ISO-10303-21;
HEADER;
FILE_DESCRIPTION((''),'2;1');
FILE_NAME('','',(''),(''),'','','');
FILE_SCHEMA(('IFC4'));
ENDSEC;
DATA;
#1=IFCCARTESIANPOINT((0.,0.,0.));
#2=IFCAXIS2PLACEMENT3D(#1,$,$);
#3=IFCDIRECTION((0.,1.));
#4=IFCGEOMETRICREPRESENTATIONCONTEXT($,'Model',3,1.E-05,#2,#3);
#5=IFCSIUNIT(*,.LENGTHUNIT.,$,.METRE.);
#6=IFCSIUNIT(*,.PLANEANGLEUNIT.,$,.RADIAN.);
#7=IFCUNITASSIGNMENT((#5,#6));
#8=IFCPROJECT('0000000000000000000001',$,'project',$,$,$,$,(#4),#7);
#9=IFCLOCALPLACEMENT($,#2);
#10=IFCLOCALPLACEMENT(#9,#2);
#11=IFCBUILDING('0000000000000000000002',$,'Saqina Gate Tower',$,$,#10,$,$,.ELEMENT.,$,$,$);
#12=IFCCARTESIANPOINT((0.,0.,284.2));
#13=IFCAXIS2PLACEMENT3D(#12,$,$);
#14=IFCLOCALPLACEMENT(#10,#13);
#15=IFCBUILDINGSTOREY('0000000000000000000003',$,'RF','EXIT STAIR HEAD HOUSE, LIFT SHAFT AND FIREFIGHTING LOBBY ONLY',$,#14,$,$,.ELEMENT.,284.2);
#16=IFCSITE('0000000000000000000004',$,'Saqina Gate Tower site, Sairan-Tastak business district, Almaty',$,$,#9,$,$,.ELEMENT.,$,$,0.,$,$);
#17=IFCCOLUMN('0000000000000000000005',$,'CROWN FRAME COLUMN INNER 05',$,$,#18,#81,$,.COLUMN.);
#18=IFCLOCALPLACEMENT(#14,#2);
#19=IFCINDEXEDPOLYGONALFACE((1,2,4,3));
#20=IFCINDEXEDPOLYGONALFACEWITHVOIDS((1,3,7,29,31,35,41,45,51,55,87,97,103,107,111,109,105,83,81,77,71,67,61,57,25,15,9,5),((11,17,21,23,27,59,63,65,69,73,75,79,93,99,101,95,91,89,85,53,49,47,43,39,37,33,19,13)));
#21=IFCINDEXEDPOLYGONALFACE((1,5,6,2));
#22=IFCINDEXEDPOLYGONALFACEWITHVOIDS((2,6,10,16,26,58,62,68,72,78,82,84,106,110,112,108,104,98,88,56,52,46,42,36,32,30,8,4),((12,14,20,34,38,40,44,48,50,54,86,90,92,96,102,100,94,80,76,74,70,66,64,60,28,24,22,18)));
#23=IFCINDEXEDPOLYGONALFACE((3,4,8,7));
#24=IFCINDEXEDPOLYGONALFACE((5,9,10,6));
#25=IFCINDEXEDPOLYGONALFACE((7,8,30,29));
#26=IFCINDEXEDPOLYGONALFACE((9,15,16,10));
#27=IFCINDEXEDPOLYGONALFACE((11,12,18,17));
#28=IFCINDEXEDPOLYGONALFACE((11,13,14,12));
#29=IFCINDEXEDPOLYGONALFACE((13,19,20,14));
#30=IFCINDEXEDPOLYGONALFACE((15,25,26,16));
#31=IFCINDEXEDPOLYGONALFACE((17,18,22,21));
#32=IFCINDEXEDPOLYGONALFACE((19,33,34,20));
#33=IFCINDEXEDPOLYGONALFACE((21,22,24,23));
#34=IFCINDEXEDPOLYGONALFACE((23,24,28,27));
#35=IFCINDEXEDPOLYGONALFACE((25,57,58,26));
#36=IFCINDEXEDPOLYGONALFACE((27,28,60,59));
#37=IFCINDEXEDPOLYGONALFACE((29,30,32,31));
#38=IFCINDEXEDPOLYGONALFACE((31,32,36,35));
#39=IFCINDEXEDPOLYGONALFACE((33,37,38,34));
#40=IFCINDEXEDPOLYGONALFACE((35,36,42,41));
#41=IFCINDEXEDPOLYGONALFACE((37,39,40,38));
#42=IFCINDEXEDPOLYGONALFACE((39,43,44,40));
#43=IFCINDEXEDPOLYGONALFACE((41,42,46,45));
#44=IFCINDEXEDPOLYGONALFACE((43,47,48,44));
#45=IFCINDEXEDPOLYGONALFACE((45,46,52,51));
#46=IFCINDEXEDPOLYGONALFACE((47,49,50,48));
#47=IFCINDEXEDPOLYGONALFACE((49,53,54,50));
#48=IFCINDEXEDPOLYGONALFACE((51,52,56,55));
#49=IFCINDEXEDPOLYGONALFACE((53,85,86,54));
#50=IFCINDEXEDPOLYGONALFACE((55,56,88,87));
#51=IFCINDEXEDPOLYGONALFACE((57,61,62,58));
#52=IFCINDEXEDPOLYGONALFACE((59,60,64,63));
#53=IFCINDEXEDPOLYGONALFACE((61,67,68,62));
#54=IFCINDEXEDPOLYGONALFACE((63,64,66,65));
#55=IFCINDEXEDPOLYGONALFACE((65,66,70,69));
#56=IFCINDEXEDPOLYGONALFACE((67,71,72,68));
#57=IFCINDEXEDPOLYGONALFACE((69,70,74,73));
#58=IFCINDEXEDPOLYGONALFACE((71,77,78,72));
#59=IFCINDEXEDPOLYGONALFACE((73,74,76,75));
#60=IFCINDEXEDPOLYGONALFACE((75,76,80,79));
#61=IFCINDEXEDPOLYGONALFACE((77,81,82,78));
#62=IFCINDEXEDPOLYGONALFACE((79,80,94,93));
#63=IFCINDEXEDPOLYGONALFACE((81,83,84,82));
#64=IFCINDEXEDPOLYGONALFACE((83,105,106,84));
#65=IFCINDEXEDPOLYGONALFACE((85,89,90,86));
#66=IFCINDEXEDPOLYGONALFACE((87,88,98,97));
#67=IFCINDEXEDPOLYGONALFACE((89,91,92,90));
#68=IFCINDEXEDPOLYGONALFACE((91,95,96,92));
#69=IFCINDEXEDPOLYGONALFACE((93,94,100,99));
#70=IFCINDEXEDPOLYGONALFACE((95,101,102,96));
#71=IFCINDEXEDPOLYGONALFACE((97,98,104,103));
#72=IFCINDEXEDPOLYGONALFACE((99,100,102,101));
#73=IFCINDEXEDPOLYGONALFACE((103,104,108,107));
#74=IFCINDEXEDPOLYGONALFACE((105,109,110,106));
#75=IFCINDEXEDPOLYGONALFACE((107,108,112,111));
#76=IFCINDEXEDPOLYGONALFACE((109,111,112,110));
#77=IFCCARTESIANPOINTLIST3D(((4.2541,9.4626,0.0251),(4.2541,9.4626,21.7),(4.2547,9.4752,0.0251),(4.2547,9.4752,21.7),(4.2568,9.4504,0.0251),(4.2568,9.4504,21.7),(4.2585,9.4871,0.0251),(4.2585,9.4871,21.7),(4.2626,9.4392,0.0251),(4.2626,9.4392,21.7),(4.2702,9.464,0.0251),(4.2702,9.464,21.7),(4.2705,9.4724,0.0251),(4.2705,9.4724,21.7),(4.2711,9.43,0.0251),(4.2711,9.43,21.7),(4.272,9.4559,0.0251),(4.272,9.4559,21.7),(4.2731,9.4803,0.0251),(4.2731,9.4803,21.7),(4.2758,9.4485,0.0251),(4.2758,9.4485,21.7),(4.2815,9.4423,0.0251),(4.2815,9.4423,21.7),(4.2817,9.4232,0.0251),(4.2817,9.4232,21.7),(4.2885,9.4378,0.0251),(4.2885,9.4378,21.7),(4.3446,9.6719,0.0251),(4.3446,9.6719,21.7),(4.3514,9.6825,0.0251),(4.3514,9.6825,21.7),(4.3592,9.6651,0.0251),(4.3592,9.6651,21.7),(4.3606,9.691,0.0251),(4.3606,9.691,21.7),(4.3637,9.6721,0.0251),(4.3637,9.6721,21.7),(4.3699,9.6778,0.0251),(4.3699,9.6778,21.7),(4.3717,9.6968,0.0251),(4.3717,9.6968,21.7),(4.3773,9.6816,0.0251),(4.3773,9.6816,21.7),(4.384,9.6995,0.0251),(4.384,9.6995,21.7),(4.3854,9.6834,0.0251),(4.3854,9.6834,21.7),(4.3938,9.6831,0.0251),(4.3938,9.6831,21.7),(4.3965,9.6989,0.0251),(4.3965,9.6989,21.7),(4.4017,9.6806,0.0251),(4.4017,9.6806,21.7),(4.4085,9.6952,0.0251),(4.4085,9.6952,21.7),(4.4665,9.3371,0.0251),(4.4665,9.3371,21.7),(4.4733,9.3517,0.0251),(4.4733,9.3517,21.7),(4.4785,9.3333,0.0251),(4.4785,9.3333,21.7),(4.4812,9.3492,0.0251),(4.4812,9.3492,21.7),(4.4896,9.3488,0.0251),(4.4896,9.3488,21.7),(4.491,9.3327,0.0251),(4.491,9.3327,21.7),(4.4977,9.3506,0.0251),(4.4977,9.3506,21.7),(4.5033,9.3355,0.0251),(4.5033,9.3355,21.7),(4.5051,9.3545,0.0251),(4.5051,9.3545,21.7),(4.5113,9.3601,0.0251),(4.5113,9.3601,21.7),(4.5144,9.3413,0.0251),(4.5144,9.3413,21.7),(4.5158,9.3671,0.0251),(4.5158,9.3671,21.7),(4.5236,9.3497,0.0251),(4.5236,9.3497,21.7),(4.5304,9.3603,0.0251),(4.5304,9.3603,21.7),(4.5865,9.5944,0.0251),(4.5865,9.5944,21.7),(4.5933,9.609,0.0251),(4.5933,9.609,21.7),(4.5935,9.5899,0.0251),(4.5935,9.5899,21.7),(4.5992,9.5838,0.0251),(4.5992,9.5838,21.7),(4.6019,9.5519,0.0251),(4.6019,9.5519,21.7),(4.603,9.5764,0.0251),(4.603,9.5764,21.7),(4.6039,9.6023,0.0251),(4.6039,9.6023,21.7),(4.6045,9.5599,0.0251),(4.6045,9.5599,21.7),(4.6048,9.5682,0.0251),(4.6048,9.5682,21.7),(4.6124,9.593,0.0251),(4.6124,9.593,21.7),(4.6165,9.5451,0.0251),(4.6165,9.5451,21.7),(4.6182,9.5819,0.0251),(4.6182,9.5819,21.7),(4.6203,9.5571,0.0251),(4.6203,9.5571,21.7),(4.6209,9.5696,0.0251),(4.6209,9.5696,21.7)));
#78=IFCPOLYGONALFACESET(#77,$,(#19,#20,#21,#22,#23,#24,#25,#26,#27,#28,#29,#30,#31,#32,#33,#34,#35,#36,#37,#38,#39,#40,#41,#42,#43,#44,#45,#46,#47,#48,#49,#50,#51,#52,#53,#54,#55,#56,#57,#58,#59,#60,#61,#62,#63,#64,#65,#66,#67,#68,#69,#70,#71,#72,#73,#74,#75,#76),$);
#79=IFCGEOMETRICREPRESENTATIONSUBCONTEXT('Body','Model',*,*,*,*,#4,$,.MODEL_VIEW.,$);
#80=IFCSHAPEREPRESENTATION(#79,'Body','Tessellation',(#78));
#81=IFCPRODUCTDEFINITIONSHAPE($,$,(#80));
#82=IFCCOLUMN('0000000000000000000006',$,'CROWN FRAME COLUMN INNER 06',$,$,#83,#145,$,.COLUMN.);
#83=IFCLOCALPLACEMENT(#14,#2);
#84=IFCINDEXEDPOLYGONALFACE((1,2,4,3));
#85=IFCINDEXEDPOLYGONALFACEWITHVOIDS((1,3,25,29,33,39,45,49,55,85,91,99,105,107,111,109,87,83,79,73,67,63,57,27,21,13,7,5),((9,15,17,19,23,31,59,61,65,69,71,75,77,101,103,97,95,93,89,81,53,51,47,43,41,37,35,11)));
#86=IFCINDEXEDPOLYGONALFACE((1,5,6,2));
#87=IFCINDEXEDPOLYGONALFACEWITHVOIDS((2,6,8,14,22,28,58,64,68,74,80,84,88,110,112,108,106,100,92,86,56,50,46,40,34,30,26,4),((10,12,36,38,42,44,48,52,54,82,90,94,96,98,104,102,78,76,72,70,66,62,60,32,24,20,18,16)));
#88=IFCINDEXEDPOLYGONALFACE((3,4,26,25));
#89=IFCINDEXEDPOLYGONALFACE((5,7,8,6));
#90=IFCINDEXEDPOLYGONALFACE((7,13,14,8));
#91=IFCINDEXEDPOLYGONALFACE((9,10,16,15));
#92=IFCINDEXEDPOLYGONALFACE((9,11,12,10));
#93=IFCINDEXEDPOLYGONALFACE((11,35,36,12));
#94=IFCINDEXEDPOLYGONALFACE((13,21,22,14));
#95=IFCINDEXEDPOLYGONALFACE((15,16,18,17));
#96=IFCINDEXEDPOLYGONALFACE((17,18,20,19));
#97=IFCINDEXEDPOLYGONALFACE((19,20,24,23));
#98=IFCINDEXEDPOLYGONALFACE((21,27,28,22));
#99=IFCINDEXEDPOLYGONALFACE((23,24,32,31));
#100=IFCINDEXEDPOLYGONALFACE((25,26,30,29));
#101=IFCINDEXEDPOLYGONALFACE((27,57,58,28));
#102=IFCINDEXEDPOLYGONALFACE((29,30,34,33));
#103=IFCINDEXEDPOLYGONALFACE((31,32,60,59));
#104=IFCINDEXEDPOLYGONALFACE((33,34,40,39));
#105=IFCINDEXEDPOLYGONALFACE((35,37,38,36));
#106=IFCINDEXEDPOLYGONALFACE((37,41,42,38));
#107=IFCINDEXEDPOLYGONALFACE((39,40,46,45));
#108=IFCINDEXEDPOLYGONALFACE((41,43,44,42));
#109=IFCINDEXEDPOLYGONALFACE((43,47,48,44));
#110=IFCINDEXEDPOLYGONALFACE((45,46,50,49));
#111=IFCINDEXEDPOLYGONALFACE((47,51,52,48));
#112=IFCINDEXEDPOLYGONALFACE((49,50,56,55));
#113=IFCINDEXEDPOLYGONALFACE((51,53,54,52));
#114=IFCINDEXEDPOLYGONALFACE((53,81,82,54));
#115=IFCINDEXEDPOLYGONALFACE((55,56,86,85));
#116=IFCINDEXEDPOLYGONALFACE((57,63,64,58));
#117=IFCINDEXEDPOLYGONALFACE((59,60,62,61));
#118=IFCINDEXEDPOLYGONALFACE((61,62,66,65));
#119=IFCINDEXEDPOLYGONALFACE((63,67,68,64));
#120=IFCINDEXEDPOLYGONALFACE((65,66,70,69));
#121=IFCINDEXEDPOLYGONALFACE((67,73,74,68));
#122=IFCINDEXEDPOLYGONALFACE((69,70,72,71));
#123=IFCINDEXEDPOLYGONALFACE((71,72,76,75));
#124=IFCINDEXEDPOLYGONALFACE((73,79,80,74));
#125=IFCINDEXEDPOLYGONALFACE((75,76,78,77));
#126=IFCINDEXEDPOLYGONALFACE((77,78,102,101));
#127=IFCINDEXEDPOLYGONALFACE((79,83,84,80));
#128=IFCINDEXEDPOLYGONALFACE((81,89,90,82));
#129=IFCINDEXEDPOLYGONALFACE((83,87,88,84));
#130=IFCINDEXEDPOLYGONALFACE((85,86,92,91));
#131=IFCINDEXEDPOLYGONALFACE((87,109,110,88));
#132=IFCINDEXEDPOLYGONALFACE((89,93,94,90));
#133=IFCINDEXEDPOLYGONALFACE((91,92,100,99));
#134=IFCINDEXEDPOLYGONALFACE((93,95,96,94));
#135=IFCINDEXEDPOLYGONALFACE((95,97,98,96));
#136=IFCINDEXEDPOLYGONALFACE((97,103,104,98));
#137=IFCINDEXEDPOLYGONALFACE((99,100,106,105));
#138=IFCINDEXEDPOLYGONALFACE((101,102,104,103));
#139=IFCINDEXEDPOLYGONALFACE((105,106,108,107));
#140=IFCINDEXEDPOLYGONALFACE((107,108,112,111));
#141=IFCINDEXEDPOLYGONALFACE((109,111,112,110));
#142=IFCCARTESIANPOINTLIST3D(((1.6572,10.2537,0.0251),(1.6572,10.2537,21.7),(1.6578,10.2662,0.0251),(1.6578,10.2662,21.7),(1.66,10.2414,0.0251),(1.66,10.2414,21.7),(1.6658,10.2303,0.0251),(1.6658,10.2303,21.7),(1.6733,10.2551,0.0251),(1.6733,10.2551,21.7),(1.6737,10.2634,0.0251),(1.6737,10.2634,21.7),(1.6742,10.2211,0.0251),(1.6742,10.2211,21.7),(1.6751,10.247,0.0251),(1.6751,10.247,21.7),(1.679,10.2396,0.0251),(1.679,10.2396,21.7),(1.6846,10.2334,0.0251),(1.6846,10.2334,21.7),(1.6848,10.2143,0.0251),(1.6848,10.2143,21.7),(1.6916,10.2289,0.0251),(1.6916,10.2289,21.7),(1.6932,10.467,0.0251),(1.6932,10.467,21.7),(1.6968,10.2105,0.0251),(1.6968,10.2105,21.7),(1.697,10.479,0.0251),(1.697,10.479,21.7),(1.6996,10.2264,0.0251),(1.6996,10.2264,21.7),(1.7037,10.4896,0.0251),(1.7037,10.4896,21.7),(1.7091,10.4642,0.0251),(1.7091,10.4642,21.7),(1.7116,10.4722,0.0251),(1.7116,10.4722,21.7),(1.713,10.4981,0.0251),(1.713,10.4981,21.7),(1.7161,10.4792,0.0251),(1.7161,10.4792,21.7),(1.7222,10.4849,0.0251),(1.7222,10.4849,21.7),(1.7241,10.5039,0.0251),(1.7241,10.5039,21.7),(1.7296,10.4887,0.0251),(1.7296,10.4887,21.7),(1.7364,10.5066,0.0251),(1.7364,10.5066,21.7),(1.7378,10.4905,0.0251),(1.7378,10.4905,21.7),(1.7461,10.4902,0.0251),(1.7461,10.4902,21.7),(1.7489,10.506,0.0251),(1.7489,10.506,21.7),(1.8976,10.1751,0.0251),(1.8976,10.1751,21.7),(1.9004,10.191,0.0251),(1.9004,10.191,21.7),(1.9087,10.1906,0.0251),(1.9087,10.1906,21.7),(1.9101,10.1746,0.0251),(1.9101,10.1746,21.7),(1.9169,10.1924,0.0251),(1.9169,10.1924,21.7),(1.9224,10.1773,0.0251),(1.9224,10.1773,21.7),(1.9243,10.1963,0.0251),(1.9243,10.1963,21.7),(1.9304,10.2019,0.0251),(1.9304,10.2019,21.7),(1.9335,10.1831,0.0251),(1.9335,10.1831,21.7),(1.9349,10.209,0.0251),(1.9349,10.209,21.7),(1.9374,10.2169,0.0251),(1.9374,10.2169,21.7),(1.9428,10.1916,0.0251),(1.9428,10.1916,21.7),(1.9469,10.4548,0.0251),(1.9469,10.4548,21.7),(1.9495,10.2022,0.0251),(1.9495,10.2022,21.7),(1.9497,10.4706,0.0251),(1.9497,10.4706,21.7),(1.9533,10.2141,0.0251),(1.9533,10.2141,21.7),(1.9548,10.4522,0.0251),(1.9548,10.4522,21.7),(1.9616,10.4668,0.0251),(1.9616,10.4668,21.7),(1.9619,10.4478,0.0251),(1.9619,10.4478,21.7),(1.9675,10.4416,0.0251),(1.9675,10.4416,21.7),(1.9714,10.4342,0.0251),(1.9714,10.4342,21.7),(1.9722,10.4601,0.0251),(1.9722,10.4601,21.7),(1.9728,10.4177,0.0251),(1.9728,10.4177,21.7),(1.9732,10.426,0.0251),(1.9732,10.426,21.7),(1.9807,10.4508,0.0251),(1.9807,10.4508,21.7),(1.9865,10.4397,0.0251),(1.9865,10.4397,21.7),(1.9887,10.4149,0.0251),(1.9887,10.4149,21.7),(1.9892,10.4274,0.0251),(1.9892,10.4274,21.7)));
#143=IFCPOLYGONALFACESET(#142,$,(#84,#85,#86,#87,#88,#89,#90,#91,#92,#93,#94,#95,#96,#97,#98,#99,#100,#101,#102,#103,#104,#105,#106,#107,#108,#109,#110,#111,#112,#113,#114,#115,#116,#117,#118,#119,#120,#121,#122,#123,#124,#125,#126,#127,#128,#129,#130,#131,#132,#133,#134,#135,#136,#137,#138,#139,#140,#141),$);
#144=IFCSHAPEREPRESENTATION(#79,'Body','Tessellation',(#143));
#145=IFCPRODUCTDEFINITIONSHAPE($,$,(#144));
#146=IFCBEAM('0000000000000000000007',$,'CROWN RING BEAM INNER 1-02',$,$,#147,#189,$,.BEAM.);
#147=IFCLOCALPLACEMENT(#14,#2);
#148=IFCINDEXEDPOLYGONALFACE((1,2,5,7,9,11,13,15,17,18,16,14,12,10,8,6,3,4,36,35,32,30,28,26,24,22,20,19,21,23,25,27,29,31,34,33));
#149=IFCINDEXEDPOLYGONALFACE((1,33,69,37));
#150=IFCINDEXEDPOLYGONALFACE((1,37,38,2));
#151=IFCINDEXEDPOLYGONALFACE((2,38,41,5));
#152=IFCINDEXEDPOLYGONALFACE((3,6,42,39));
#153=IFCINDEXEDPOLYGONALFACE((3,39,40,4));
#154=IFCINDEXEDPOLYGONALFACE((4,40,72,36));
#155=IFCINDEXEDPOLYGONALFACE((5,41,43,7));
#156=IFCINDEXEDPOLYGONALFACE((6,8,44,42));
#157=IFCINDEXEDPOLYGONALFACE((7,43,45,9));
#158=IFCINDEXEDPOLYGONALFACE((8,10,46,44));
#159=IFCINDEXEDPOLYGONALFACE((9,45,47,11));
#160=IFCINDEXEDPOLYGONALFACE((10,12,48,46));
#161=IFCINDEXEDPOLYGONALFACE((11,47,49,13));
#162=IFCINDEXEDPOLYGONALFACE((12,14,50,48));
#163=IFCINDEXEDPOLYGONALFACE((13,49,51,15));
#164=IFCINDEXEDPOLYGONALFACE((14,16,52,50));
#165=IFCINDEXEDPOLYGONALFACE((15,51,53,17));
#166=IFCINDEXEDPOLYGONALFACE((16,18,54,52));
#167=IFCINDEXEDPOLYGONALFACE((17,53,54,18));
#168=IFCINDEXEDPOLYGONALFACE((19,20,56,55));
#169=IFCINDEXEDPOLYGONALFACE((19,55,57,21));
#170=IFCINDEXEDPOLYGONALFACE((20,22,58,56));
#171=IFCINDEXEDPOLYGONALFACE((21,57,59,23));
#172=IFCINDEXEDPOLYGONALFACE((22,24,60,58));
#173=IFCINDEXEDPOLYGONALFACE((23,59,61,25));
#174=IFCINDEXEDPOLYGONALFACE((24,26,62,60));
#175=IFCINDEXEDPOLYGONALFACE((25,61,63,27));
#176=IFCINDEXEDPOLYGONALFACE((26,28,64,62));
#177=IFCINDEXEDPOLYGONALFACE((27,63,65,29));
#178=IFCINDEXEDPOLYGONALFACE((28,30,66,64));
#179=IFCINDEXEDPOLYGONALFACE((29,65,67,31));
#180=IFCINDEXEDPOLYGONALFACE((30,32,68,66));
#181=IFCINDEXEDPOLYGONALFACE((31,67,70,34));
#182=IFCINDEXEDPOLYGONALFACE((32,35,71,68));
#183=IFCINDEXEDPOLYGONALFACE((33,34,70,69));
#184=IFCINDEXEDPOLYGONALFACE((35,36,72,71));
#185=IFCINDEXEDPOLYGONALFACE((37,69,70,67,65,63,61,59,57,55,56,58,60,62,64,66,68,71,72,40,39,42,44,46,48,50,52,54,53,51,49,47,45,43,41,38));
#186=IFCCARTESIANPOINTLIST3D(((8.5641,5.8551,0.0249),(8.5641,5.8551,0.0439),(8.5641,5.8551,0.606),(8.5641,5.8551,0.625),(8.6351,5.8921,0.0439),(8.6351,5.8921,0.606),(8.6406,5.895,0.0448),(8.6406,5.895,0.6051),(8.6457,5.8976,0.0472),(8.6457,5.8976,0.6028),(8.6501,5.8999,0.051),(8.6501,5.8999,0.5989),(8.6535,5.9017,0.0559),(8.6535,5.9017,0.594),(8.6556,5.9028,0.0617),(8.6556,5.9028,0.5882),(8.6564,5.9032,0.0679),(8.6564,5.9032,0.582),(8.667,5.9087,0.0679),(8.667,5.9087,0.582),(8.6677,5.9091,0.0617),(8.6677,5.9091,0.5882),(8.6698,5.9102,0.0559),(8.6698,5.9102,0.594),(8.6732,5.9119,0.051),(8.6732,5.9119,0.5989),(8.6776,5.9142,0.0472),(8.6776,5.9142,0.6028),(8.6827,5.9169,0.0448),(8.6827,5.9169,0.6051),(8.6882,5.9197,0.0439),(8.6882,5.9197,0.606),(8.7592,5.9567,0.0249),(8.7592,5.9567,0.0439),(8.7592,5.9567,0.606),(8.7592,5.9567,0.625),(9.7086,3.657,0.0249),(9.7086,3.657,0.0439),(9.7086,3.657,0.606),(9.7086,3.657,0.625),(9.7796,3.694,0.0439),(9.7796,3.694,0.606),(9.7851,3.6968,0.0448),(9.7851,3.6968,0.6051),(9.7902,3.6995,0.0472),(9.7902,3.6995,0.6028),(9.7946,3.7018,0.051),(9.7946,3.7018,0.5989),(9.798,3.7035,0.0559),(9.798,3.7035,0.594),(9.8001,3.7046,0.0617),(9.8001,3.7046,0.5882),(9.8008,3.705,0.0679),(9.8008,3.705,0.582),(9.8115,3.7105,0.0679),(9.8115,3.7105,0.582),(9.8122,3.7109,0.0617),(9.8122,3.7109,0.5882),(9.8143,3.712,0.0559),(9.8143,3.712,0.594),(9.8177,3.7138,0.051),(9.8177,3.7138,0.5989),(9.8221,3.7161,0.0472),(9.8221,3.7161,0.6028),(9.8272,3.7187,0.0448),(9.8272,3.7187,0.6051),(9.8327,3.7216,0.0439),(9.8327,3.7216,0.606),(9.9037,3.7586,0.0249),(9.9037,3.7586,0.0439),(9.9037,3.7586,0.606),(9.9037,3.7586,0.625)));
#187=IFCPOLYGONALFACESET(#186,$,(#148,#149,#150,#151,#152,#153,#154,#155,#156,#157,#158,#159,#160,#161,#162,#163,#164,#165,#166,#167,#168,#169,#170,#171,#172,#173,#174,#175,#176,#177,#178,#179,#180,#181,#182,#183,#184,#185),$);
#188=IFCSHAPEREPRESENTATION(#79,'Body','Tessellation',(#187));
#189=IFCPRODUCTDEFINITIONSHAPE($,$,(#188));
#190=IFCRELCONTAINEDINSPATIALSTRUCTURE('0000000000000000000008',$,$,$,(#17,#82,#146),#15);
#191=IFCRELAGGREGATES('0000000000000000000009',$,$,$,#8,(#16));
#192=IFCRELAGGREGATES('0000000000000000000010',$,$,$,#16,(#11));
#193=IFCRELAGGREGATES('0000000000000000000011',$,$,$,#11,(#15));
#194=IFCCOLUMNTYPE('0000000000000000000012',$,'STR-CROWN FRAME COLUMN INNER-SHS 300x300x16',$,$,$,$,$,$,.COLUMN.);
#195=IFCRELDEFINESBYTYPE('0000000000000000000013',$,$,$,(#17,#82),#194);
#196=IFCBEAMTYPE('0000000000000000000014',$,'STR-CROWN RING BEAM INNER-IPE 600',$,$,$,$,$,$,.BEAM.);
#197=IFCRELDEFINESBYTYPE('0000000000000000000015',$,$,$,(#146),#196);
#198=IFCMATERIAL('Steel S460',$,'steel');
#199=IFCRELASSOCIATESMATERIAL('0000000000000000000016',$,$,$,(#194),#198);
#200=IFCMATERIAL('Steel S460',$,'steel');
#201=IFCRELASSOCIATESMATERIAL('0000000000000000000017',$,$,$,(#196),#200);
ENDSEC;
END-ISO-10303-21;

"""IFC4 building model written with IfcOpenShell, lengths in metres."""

from ifc_helpers import new_model, si_unit, direction, frame, origin, origin_2d, place, context, subcontext, project, spatial, hollow_rectangle, i_section, extrude, material, material_profile, profile_set, type_object, element, save


model = new_model("IFC4")

# Units and contexts
model_context = context("Model", 3, precision=1e-05, world=origin(), true_north=direction((0.0, 1.0)))
body_context = subcontext(model_context, "Body", "Model", "MODEL_VIEW")
ifc_project = project(units=[si_unit("LENGTHUNIT", "METRE"), si_unit("PLANEANGLEUNIT", "RADIAN")], contexts=[model_context])

# Site, building, storey
site_placement = place(None, origin())
site = spatial("IfcSite", under=ifc_project, at=site_placement, Name="Saqina Gate Tower site, Sairan-Tastak business district, Almaty", CompositionType="ELEMENT", RefElevation=0.0)
building_placement = place(site_placement, origin())
building = spatial("IfcBuilding", under=site, at=building_placement, Name="Saqina Gate Tower", CompositionType="ELEMENT")
storey_placement = place(building_placement, frame((0.0, 0.0, 284.2)))
storey = spatial("IfcBuildingStorey", under=building, at=storey_placement, Name="RF", Description="EXIT STAIR HEAD HOUSE, LIFT SHAFT AND FIREFIGHTING LOBBY ONLY", CompositionType="ELEMENT", Elevation=284.2)

# Columns
ifc_material_1 = material(Name="Steel S460", Category="steel")
ifc_material_profile_1 = material_profile(ifc_material_1, hollow_rectangle(XDim=0.3, YDim=0.3, WallThickness=0.0161, InnerFilletRadius=0.032, OuterFilletRadius=0.0481, at=origin_2d()), Name="SHS 300x300x16")
ifc_profile_set_1 = profile_set([ifc_material_profile_1], Name="Steel S460")
column_type = type_object("IfcColumnType", Name="STR-CROWN FRAME COLUMN INNER-SHS 300x300x16", PredefinedType="COLUMN", material=ifc_profile_set_1)
for number, where, z_axis, x_axis, name in (
    (1, (4.4375, 9.5161, 0.0251), (0.0, 0.0, 1.0), (0.422618, 0.906308, 0.0), "CROWN FRAME COLUMN INNER 05"),
    (2, (1.8232, 10.3406, 0.0251), (0.0, 0.0, 1.0), (0.173648, 0.984808, 0.0), "CROWN FRAME COLUMN INNER 06"),
):
    element("IfcColumn", number, at=place(storey_placement, frame(where, z_axis=z_axis, x_axis=x_axis)), inside=storey, type_object=column_type, Name=name, PredefinedType="COLUMN", context=body_context, shape_type="SweptSolid", body=[
        extrude(hollow_rectangle(XDim=0.3, YDim=0.3, WallThickness=0.0161, InnerFilletRadius=0.032, OuterFilletRadius=0.0481, at=origin_2d()), origin(), (0.0, 0.0, 1.0), 21.6748),
    ])

# Beam
ifc_material_2 = material(Name="Steel S460", Category="steel")
ifc_material_profile_2 = material_profile(ifc_material_2, i_section(OverallWidth=0.22, OverallDepth=0.6001, WebThickness=0.012, FlangeThickness=0.019, FilletRadius=0.0239, at=origin_2d()), Name="IPE 600")
ifc_profile_set_2 = profile_set([ifc_material_profile_2], Name="Steel S460")
beam_type = type_object("IfcBeamType", Name="STR-CROWN RING BEAM INNER-IPE 600", PredefinedType="BEAM", material=ifc_profile_set_2)
beam_1_placement = place(storey_placement, frame((9.8062, 3.7078, 0.325), z_axis=(-0.461812, 0.886978, 0.0), x_axis=(-0.886978, -0.461812, 0.0)))
element("IfcBeam", 3, at=beam_1_placement, inside=storey, type_object=beam_type, Name="CROWN RING BEAM INNER 1-02", PredefinedType="BEAM", context=body_context, shape_type="SweptSolid", body=[
    extrude(i_section(OverallWidth=0.22, OverallDepth=0.6001, WebThickness=0.012, FlangeThickness=0.019, FilletRadius=0.0239, at=origin_2d()), origin(), (0.0, 0.0, 1.0), 2.4783),
])

save(model, "model.ifc")
